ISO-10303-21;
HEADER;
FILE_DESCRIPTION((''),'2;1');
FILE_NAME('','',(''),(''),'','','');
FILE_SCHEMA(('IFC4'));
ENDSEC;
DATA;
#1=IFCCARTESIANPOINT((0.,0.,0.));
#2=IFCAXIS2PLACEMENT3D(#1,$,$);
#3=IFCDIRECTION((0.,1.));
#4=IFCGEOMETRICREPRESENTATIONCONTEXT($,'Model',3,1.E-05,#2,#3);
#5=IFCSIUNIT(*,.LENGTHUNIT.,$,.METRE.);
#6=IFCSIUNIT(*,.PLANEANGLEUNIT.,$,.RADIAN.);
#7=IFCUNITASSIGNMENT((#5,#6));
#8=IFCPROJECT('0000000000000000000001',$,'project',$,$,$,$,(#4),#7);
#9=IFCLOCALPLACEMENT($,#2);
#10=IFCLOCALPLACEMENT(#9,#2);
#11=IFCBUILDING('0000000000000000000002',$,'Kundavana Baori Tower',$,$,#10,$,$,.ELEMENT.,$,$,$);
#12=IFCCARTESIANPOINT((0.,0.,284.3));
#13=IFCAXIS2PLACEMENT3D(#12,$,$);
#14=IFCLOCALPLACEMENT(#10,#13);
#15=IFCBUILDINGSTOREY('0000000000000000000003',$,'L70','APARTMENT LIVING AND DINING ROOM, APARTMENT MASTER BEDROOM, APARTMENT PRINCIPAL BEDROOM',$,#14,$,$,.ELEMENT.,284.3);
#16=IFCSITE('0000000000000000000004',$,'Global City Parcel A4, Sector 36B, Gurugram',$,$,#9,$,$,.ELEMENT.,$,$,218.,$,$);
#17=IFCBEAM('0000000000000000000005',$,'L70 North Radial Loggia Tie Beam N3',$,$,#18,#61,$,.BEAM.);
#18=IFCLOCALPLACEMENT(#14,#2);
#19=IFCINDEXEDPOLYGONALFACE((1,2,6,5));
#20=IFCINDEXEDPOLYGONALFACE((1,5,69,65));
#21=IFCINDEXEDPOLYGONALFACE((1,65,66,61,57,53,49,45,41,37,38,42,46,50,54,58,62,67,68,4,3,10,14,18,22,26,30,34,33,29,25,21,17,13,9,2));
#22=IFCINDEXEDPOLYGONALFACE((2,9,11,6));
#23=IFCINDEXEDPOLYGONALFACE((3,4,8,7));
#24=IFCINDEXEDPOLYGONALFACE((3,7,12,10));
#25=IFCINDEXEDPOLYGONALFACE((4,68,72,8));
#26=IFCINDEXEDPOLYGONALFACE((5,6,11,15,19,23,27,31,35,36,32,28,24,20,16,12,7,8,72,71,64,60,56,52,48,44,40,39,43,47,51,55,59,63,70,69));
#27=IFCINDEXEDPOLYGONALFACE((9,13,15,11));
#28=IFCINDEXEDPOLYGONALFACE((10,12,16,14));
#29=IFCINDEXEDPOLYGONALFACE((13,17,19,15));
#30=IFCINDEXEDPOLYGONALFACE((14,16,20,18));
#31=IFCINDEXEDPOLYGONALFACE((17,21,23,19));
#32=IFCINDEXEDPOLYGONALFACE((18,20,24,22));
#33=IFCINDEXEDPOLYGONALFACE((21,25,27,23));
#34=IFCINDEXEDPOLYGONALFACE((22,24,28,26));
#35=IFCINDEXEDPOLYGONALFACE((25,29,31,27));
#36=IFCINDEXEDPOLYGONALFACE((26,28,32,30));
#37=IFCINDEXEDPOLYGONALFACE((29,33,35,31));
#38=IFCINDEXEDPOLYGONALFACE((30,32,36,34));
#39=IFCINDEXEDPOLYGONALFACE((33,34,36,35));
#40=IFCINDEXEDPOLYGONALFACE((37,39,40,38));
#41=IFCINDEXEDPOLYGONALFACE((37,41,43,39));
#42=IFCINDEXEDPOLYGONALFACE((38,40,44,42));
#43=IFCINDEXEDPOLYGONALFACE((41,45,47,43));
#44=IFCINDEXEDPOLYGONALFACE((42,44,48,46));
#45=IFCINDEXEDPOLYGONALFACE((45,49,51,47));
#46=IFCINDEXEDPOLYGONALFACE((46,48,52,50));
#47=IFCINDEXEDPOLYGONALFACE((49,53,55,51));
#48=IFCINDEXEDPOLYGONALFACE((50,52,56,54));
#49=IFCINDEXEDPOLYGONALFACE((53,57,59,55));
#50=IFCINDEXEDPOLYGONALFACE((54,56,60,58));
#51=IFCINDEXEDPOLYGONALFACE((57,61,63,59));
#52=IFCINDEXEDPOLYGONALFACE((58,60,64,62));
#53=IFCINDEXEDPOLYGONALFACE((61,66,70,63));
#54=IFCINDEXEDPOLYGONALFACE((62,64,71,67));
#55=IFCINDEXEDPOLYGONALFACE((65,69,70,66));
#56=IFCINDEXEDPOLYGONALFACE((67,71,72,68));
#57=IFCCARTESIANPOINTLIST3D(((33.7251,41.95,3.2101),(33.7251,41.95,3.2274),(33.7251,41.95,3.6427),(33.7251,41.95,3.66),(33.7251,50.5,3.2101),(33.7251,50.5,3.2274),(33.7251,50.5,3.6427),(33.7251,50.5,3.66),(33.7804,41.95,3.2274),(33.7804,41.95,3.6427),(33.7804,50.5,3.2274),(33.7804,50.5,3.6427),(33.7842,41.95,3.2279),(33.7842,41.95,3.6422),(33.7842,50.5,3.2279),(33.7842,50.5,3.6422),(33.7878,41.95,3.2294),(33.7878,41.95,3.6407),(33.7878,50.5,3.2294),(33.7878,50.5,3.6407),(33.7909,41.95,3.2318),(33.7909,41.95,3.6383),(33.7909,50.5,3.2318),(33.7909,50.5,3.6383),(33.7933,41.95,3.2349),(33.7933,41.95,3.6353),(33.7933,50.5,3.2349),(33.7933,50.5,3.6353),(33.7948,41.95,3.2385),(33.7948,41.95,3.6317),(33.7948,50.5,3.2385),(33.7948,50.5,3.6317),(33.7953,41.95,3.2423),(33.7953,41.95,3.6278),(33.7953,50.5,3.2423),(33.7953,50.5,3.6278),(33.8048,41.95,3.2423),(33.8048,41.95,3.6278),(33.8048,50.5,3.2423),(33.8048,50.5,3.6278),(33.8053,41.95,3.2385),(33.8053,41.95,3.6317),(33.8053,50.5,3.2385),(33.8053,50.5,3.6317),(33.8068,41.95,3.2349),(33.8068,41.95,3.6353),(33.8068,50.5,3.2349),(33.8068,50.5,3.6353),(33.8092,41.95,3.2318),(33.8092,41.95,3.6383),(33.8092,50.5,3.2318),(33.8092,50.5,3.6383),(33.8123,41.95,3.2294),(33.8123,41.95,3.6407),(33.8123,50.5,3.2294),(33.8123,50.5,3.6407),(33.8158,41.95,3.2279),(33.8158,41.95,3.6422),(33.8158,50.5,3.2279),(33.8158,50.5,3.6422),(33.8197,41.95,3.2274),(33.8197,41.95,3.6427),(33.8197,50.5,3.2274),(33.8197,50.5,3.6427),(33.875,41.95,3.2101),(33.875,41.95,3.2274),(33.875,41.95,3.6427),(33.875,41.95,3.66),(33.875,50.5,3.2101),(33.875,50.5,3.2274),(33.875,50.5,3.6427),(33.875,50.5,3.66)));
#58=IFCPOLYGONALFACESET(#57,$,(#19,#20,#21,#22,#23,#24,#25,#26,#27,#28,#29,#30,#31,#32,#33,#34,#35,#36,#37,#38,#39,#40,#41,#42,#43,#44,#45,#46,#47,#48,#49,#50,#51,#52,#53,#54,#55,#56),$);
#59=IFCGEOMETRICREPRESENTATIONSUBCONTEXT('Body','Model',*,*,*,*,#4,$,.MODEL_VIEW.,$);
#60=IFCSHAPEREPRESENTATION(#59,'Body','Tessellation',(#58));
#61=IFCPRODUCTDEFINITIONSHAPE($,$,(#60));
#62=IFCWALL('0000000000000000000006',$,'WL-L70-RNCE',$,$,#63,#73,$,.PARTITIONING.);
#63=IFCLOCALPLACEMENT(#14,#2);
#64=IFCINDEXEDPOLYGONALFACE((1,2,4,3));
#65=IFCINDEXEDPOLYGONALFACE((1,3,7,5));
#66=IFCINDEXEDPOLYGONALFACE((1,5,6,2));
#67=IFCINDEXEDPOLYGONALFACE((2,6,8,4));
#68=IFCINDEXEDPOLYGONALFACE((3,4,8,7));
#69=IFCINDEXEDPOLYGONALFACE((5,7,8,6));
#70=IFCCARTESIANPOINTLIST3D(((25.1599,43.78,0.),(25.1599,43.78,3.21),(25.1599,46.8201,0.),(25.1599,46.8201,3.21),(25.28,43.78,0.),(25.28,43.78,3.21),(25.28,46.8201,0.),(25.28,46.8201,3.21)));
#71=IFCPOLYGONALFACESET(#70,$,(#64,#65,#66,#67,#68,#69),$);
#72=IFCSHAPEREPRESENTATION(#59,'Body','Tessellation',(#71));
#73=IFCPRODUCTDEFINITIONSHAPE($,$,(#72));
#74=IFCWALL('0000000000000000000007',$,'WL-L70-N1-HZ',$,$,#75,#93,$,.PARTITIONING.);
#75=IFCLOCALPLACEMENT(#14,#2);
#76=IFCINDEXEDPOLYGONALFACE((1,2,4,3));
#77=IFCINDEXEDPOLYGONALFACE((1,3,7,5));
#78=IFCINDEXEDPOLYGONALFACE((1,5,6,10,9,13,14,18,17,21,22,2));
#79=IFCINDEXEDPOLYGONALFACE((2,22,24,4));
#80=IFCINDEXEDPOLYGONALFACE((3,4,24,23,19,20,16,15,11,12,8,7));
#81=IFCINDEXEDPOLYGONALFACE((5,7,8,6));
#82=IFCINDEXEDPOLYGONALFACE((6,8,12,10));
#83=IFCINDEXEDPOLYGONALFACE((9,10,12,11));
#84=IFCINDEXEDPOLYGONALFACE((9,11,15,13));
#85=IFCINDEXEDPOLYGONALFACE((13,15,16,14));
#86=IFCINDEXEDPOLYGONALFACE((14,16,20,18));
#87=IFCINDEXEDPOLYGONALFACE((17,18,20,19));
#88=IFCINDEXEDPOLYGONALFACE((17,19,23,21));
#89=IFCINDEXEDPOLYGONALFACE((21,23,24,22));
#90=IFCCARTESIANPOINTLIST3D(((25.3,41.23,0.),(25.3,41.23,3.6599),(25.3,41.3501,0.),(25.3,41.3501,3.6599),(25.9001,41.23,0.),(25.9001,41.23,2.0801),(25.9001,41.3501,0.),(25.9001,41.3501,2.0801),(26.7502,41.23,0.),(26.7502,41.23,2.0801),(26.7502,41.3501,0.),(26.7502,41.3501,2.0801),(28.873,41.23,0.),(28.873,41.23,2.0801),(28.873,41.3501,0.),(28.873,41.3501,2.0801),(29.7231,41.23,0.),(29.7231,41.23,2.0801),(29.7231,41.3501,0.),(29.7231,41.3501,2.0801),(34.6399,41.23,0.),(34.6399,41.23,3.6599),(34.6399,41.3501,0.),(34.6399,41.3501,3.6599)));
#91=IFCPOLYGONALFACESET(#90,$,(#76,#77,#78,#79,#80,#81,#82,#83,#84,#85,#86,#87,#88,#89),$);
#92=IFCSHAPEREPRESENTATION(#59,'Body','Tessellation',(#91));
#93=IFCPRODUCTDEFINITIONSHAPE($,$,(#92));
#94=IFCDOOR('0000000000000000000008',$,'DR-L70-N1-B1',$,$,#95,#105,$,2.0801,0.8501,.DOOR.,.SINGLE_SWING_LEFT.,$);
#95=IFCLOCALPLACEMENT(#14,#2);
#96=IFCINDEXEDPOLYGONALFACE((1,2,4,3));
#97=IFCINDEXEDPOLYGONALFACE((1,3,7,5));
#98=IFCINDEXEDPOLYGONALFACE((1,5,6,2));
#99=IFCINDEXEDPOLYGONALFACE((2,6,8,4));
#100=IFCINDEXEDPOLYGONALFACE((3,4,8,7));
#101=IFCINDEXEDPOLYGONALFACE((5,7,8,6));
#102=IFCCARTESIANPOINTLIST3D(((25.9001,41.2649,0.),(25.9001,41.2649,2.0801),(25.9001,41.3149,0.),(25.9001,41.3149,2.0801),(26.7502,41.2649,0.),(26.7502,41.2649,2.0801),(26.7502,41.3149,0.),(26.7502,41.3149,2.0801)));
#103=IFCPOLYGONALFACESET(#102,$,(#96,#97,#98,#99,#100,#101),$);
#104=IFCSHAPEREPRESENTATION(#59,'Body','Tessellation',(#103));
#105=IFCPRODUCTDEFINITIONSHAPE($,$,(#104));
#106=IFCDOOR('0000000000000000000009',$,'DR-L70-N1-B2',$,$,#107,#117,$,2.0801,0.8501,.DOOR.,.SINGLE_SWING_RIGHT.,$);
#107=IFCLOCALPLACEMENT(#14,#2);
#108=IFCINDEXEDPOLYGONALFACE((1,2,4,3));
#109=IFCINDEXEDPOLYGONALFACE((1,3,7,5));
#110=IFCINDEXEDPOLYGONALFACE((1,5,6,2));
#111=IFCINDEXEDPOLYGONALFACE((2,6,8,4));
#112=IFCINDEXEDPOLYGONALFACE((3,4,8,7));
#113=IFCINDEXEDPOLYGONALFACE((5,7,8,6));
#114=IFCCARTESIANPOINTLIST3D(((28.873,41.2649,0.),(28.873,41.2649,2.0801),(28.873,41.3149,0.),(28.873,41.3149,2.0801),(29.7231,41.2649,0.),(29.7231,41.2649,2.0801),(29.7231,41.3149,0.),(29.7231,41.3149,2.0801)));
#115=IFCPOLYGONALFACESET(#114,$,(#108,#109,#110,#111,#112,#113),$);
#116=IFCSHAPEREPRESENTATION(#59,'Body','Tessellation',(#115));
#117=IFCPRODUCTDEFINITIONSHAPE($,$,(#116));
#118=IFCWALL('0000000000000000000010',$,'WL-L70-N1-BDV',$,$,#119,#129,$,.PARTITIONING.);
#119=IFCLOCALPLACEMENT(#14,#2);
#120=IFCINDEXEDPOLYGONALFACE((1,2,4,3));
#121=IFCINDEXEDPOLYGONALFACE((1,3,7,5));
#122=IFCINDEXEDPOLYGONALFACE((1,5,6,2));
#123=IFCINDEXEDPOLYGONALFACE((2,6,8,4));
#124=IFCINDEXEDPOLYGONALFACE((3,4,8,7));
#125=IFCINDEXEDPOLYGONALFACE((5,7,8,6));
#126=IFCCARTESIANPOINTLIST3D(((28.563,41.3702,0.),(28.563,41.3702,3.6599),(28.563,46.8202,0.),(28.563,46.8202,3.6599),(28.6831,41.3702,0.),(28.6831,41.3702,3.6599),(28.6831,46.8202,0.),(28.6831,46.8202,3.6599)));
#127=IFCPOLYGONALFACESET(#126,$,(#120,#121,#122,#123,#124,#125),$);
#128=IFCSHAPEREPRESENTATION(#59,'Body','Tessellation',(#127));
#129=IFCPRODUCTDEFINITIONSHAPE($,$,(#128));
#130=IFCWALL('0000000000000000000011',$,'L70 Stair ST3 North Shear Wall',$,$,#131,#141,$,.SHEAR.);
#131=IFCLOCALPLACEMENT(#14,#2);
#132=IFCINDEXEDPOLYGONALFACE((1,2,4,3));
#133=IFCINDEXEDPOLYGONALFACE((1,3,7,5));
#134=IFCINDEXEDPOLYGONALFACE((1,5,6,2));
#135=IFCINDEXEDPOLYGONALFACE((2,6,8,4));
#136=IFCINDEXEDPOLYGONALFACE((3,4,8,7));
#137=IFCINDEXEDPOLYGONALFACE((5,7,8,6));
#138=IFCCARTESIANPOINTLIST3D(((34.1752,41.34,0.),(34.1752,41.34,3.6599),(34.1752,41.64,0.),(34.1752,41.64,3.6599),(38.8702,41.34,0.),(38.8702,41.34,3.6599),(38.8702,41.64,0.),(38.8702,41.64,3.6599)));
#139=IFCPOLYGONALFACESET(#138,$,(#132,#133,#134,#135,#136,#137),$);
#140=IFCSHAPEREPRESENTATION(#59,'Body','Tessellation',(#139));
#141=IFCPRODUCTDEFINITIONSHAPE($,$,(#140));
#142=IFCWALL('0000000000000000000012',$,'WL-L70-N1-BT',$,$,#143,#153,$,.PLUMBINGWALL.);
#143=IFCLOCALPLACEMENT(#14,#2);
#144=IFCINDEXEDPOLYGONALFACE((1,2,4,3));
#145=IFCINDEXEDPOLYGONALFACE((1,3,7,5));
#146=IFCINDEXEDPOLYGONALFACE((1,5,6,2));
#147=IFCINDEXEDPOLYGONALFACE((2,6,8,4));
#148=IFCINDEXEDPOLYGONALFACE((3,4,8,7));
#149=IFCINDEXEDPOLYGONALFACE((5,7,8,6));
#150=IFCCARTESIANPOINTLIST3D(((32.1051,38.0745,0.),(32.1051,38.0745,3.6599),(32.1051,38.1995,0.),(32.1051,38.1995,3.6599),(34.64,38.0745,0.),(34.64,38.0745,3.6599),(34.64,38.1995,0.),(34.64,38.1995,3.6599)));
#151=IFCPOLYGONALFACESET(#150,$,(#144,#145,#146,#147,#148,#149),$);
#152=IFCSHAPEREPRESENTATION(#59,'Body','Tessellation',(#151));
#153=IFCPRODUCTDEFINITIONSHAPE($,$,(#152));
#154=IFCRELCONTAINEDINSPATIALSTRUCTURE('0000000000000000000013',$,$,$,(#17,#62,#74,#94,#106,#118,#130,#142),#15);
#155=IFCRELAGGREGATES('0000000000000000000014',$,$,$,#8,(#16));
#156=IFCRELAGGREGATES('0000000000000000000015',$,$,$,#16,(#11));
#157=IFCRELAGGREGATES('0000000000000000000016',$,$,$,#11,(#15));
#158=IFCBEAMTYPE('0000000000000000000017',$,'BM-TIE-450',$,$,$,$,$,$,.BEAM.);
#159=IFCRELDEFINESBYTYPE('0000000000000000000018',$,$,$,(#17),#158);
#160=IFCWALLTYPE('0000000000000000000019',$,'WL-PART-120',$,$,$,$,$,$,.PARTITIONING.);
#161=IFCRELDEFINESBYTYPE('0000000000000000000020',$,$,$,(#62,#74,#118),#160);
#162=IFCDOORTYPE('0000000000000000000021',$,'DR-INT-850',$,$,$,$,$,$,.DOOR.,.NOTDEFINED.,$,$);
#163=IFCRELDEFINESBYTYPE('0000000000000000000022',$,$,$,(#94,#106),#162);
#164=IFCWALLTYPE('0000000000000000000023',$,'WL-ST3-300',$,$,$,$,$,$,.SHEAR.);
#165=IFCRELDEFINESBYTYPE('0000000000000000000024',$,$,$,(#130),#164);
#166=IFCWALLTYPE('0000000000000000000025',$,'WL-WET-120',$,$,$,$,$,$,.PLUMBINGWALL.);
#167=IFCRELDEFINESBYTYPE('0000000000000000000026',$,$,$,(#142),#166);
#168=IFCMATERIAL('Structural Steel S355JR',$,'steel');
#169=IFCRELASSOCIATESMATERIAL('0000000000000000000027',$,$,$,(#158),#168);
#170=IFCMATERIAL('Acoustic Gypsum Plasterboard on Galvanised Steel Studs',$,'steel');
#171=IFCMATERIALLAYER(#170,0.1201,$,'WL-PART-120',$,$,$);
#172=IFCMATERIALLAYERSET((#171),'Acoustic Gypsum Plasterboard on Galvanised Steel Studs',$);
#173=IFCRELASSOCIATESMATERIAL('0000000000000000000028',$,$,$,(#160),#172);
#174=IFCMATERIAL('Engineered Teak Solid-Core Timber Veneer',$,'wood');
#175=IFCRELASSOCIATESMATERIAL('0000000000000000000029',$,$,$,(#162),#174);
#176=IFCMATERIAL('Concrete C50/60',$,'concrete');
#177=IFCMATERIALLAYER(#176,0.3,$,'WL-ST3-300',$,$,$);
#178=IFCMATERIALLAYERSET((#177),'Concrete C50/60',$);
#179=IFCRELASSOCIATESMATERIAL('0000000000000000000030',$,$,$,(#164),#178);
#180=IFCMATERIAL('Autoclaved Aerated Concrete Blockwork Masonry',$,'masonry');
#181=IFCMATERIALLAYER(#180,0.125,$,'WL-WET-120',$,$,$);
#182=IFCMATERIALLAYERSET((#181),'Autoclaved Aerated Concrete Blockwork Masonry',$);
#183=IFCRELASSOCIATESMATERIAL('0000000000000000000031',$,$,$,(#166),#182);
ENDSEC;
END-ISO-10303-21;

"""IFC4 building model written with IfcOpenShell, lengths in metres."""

from ifc_helpers import new_model, si_unit, direction, frame, frame_2d, origin, origin_2d, place, context, subcontext, project, spatial, rectangle, i_section, extrude, material, layer, layer_set, material_profile, profile_set, type_object, element, fill, save


model = new_model("IFC4")

# Units and contexts
model_context = context("Model", 3, precision=1e-05, world=origin(), true_north=direction((0.0, 1.0)))
body_context = subcontext(model_context, "Body", "Model", "MODEL_VIEW")
ifc_project = project(units=[si_unit("LENGTHUNIT", "METRE"), si_unit("PLANEANGLEUNIT", "RADIAN")], contexts=[model_context])

# Site, building, storey
site_placement = place(None, origin())
site = spatial("IfcSite", under=ifc_project, at=site_placement, Name="Global City Parcel A4, Sector 36B, Gurugram", CompositionType="ELEMENT", RefElevation=218.0)
building_placement = place(site_placement, origin())
building = spatial("IfcBuilding", under=site, at=building_placement, Name="Kundavana Baori Tower", CompositionType="ELEMENT")
storey_placement = place(building_placement, frame((0.0, 0.0, 284.3)))
storey = spatial("IfcBuildingStorey", under=building, at=storey_placement, Name="L70", Description="APARTMENT LIVING AND DINING ROOM, APARTMENT MASTER BEDROOM, APARTMENT PRINCIPAL BEDROOM", CompositionType="ELEMENT", Elevation=284.3)

# Beam
ifc_material_1 = material(Name="Structural Steel S355JR", Category="steel")
ifc_material_profile_1 = material_profile(ifc_material_1, i_section(OverallWidth=0.1499, OverallDepth=0.45, WebThickness=0.0095, FlangeThickness=0.0173, FilletRadius=0.0149, at=origin_2d()), Name="ISMB 450")
ifc_profile_set_1 = profile_set([ifc_material_profile_1], Name="Structural Steel S355JR")
beam_type_1 = type_object("IfcBeamType", Name="BM-TIE-450", PredefinedType="BEAM", material=ifc_profile_set_1)
beam_1_placement = place(storey_placement, frame((33.8, 41.95, 3.4351), z_axis=(0.0, 1.0, 0.0), x_axis=(-1.0, 0.0, 0.0)))
element("IfcBeam", 1, at=beam_1_placement, inside=storey, type_object=beam_type_1, Name="L70 North Radial Loggia Tie Beam N3", PredefinedType="BEAM", context=body_context, shape_type="SweptSolid", body=[
    extrude(i_section(OverallWidth=0.1499, OverallDepth=0.45, WebThickness=0.0095, FlangeThickness=0.0173, FilletRadius=0.0149, at=origin_2d()), origin(), (0.0, 0.0, 1.0), 8.55),
])

# Wall
ifc_material_2 = material(Name="Acoustic Gypsum Plasterboard on Galvanised Steel Studs", Category="steel")
ifc_layer_1 = layer(ifc_material_2, 0.1201, Name="WL-PART-120")
ifc_layer_set_1 = layer_set([ifc_layer_1], Name="Acoustic Gypsum Plasterboard on Galvanised Steel Studs")
wall_type_1 = type_object("IfcWallType", Name="WL-PART-120", PredefinedType="PARTITIONING", material=ifc_layer_set_1)
wall_1_placement = place(storey_placement, frame((25.22, 43.78, 0.0), z_axis=(0.0, 0.0, 1.0), x_axis=(0.0, 1.0, 0.0)))
element("IfcWall", 2, at=wall_1_placement, inside=storey, type_object=wall_type_1, Name="WL-L70-RNCE", PredefinedType="PARTITIONING", context=body_context, shape_type="SweptSolid", body=[
    extrude(rectangle(XDim=3.04, YDim=0.1201, at=frame_2d((1.52, 0.0))), origin(), (0.0, 0.0, 1.0), 3.21),
])

# Wall, openings, doors
wall_2_placement = place(storey_placement, frame((25.3, 41.29, 0.0), z_axis=(0.0, 0.0, 1.0), x_axis=(1.0, 0.0, 0.0)))
wall_2 = element("IfcWall", 3, at=wall_2_placement, inside=storey, type_object=wall_type_1, Name="WL-L70-N1-HZ", PredefinedType="PARTITIONING", context=body_context, shape_type="SweptSolid", body=[
    extrude(rectangle(XDim=9.3398, YDim=0.1201, at=frame_2d((4.6699, 0.0))), origin(), (0.0, 0.0, 1.0), 3.6599),
])
opening_1_placement = place(wall_2_placement, frame((0.6001, 0.0, 0.0)))
opening_1 = element("IfcOpeningElement", 4, at=opening_1_placement, cuts=wall_2, PredefinedType="OPENING", context=body_context, shape_type="SweptSolid", body=[
    extrude(rectangle(XDim=0.8501, YDim=2.0801, at=frame_2d((0.425, 1.04))), frame((0.0, 0.0701, 0.0), z_axis=(0.0, -1.0, 0.0), x_axis=(1.0, 0.0, 0.0)), (0.0, 0.0, 1.0), 0.1401),
])
opening_2_placement = place(wall_2_placement, frame((3.573, 0.0, 0.0)))
opening_2 = element("IfcOpeningElement", 5, at=opening_2_placement, cuts=wall_2, PredefinedType="OPENING", context=body_context, shape_type="SweptSolid", body=[
    extrude(rectangle(XDim=0.8501, YDim=2.0801, at=frame_2d((0.425, 1.04))), frame((0.0, 0.0701, 0.0), z_axis=(0.0, -1.0, 0.0), x_axis=(1.0, 0.0, 0.0)), (0.0, 0.0, 1.0), 0.1401),
])
ifc_material_3 = material(Name="Engineered Teak Solid-Core Timber Veneer", Category="wood")
door_type = type_object("IfcDoorType", Name="DR-INT-850", OperationType="NOTDEFINED", PredefinedType="DOOR", material=ifc_material_3)
door_1_placement = place(opening_1_placement, origin())
door_1 = element("IfcDoor", 6, at=door_1_placement, inside=storey, type_object=door_type, Name="DR-L70-N1-B1", OperationType="SINGLE_SWING_LEFT", OverallHeight=2.0801, OverallWidth=0.8501, PredefinedType="DOOR", context=body_context, shape_type="SweptSolid", body=[
    extrude(rectangle(XDim=0.8501, YDim=2.0801, at=frame_2d((0.425, 1.04))), frame((0.0, 0.0249, 0.0), z_axis=(0.0, -1.0, 0.0), x_axis=(1.0, 0.0, 0.0)), (0.0, 0.0, 1.0), 0.05),
])
fill(opening_1, door_1)
door_2_placement = place(opening_2_placement, origin())
door_2 = element("IfcDoor", 7, at=door_2_placement, inside=storey, type_object=door_type, Name="DR-L70-N1-B2", OperationType="SINGLE_SWING_RIGHT", OverallHeight=2.0801, OverallWidth=0.8501, PredefinedType="DOOR", context=body_context, shape_type="SweptSolid", body=[
    extrude(rectangle(XDim=0.8501, YDim=2.0801, at=frame_2d((0.425, 1.04))), frame((0.0, 0.0249, 0.0), z_axis=(0.0, -1.0, 0.0), x_axis=(1.0, 0.0, 0.0)), (0.0, 0.0, 1.0), 0.05),
])
fill(opening_2, door_2)

# Walls
wall_3_placement = place(storey_placement, frame((28.623, 41.3701, 0.0), z_axis=(0.0, 0.0, 1.0), x_axis=(0.0, 1.0, 0.0)))
element("IfcWall", 8, at=wall_3_placement, inside=storey, type_object=wall_type_1, Name="WL-L70-N1-BDV", PredefinedType="PARTITIONING", context=body_context, shape_type="SweptSolid", body=[
    extrude(rectangle(XDim=5.45, YDim=0.1201, at=frame_2d((2.7251, 0.0))), origin(), (0.0, 0.0, 1.0), 3.6599),
])
ifc_material_4 = material(Name="Concrete C50/60", Category="concrete")
ifc_layer_2 = layer(ifc_material_4, 0.3, Name="WL-ST3-300")
ifc_layer_set_2 = layer_set([ifc_layer_2], Name="Concrete C50/60")
wall_type_2 = type_object("IfcWallType", Name="WL-ST3-300", PredefinedType="SHEAR", material=ifc_layer_set_2)
wall_4_placement = place(storey_placement, frame((34.175, 41.49, 0.0), z_axis=(0.0, 0.0, 1.0), x_axis=(1.0, 0.0, 0.0)))
element("IfcWall", 9, at=wall_4_placement, inside=storey, type_object=wall_type_2, Name="L70 Stair ST3 North Shear Wall", PredefinedType="SHEAR", context=body_context, shape_type="SweptSolid", body=[
    extrude(rectangle(XDim=4.6951, YDim=0.3, at=frame_2d((2.3477, 0.0))), origin(), (0.0, 0.0, 1.0), 3.6599),
])
ifc_material_5 = material(Name="Autoclaved Aerated Concrete Blockwork Masonry", Category="masonry")
ifc_layer_3 = layer(ifc_material_5, 0.125, Name="WL-WET-120")
ifc_layer_set_3 = layer_set([ifc_layer_3], Name="Autoclaved Aerated Concrete Blockwork Masonry")
wall_type_3 = type_object("IfcWallType", Name="WL-WET-120", PredefinedType="PLUMBINGWALL", material=ifc_layer_set_3)
wall_5_placement = place(storey_placement, frame((32.105, 38.137, 0.0), z_axis=(0.0, 0.0, 1.0), x_axis=(1.0, 0.0, 0.0)))
element("IfcWall", 10, at=wall_5_placement, inside=storey, type_object=wall_type_3, Name="WL-L70-N1-BT", PredefinedType="PLUMBINGWALL", context=body_context, shape_type="SweptSolid", body=[
    extrude(rectangle(XDim=2.5349, YDim=0.125, at=frame_2d((1.2676, 0.0))), origin(), (0.0, 0.0, 1.0), 3.6599),
])

save(model, "model.ifc")
